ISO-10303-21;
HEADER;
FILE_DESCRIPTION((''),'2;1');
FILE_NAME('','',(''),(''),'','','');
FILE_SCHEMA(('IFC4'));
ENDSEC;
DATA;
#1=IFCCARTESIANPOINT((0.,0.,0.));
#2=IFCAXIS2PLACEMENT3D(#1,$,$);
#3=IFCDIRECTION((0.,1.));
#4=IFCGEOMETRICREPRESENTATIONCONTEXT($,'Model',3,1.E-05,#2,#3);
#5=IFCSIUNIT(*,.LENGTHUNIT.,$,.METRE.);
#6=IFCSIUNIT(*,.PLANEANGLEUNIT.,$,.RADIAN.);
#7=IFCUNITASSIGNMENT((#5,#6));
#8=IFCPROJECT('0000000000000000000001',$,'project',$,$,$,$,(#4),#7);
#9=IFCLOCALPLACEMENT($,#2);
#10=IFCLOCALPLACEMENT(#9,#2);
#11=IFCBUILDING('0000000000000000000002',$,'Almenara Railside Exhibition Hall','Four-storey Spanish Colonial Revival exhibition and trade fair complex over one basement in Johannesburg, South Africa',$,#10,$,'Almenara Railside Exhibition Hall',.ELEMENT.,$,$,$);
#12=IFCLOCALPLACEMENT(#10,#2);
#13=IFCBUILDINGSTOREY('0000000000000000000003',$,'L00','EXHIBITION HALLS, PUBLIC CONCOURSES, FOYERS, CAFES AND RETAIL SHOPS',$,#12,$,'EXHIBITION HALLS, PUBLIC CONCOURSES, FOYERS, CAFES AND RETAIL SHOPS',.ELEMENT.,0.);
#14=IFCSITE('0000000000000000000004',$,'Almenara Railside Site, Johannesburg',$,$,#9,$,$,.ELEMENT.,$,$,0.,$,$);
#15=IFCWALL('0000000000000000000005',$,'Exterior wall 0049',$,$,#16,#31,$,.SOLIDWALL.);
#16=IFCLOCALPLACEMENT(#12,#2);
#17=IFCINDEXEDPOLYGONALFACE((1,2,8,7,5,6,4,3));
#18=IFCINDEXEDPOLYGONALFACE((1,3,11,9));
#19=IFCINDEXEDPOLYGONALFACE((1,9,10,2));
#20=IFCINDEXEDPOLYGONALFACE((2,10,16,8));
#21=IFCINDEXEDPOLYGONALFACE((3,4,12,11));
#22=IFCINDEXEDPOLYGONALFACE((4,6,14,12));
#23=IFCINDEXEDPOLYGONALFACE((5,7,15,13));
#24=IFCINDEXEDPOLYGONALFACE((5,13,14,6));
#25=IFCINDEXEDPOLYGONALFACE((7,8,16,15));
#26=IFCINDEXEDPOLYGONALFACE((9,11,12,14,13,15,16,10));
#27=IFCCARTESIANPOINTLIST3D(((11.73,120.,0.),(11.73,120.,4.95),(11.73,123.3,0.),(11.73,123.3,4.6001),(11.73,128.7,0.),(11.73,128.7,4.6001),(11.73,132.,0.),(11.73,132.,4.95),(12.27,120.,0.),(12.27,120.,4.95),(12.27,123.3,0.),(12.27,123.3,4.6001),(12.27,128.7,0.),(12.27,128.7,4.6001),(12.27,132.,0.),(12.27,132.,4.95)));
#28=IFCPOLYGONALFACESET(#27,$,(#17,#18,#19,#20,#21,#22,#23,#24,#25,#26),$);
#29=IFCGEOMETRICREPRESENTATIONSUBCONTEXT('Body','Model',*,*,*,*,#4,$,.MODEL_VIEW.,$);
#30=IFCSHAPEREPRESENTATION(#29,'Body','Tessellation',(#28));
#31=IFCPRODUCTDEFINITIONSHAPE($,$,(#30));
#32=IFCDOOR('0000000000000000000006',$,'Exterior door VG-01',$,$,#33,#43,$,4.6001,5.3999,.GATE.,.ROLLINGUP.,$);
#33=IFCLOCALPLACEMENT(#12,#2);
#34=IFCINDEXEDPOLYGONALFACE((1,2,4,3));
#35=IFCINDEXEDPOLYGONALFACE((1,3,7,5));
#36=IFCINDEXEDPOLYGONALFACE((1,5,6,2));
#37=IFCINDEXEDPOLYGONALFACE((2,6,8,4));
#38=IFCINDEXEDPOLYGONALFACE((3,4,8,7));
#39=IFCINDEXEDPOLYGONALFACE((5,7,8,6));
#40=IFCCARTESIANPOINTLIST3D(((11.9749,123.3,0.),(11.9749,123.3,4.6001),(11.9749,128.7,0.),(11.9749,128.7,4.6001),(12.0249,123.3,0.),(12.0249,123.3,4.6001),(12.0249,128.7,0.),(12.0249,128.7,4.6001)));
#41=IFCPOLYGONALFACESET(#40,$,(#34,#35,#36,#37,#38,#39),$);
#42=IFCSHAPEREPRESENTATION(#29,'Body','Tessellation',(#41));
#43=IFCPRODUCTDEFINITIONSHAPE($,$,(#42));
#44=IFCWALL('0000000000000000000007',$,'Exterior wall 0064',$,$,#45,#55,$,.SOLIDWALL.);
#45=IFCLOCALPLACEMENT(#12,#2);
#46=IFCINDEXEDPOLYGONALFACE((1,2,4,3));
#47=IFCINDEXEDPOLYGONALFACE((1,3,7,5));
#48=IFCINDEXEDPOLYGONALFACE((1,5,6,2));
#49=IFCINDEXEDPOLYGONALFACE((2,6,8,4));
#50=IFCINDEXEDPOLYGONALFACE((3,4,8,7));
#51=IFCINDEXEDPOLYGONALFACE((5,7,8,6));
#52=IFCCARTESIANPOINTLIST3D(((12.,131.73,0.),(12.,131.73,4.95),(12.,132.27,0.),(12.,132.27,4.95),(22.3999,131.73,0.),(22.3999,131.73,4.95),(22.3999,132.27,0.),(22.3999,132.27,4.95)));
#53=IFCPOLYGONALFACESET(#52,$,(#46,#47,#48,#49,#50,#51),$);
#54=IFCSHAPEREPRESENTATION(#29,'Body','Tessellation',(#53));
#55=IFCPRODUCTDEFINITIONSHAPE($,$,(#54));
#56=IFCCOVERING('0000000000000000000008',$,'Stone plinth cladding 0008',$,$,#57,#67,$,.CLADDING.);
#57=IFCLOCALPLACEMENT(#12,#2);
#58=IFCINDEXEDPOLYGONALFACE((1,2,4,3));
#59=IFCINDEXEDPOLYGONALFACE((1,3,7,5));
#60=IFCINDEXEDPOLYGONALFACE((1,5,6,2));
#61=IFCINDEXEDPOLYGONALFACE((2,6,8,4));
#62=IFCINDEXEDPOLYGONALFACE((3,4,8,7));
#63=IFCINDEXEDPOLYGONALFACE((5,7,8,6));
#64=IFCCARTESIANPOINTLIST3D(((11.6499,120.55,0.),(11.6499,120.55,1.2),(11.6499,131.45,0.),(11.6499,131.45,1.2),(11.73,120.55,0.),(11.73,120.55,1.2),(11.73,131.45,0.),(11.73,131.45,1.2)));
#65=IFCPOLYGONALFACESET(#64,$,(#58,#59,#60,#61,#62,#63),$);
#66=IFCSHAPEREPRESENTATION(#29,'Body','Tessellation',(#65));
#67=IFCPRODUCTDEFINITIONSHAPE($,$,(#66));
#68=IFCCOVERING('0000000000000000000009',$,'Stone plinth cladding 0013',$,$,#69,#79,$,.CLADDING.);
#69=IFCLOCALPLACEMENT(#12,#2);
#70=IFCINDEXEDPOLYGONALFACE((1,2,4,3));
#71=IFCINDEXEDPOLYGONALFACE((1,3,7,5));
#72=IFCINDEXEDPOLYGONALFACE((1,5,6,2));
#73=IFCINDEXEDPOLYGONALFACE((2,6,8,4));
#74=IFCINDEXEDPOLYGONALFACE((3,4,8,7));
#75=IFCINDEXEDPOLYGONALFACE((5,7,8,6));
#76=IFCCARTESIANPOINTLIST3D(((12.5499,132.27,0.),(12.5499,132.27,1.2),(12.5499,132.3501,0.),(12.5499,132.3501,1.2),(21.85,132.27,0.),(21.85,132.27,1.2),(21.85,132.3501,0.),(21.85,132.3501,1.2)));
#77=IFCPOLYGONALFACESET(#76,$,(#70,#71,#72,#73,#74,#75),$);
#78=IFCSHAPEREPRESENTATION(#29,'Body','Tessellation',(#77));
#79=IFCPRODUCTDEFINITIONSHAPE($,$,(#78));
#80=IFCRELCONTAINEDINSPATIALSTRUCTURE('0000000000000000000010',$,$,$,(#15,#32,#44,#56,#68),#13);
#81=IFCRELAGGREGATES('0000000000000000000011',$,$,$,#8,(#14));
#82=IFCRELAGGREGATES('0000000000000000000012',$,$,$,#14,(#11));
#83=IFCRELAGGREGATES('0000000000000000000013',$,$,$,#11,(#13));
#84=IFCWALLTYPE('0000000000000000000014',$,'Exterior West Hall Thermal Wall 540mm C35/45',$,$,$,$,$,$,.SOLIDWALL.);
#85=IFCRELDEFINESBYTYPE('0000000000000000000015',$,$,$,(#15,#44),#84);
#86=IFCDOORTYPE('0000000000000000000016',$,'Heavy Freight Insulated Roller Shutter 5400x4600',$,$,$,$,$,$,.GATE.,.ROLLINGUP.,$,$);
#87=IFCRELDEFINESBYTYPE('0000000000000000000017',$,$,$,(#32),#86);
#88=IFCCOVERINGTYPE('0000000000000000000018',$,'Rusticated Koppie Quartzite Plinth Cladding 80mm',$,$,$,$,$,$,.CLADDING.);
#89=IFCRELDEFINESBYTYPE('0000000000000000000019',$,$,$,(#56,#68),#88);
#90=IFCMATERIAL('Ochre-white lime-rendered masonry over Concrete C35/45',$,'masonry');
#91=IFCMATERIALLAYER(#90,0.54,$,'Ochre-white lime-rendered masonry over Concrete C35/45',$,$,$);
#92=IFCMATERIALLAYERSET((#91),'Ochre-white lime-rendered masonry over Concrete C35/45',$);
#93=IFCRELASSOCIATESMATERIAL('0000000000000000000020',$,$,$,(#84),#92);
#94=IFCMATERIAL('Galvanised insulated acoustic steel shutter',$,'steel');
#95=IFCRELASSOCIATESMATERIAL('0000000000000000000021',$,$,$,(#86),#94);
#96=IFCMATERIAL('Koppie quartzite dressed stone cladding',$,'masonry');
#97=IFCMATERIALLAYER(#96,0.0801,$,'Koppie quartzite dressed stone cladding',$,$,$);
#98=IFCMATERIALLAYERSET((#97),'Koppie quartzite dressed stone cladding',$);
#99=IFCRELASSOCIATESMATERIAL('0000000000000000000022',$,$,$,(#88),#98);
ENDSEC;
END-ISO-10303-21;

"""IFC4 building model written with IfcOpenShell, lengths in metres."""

from ifc_helpers import new_model, si_unit, direction, frame, frame_2d, origin, origin_2d, place, context, subcontext, project, spatial, rectangle, extrude, material, layer, layer_set, type_object, element, fill, save


model = new_model("IFC4")

# Units and contexts
model_context = context("Model", 3, precision=1e-05, world=origin(), true_north=direction((0.0, 1.0)))
body_context = subcontext(model_context, "Body", "Model", "MODEL_VIEW")
ifc_project = project(units=[si_unit("LENGTHUNIT", "METRE"), si_unit("PLANEANGLEUNIT", "RADIAN")], contexts=[model_context])

# Site, building, storey
site_placement = place(None, origin())
site = spatial("IfcSite", under=ifc_project, at=site_placement, Name="Almenara Railside Site, Johannesburg", CompositionType="ELEMENT", RefElevation=0.0)
building_placement = place(site_placement, origin())
building = spatial("IfcBuilding", under=site, at=building_placement, Name="Almenara Railside Exhibition Hall", Description="Four-storey Spanish Colonial Revival exhibition and trade fair complex over one basement in Johannesburg, South Africa", LongName="Almenara Railside Exhibition Hall", CompositionType="ELEMENT")
storey_placement = place(building_placement, origin())
storey = spatial("IfcBuildingStorey", under=building, at=storey_placement, Name="L00", Description="EXHIBITION HALLS, PUBLIC CONCOURSES, FOYERS, CAFES AND RETAIL SHOPS", LongName="EXHIBITION HALLS, PUBLIC CONCOURSES, FOYERS, CAFES AND RETAIL SHOPS", CompositionType="ELEMENT", Elevation=0.0)

# Shared definitions
ifc_material_1 = material(Name="Ochre-white lime-rendered masonry over Concrete C35/45", Category="masonry")
ifc_layer_1 = layer(ifc_material_1, 0.54, Name="Ochre-white lime-rendered masonry over Concrete C35/45")
ifc_layer_set_1 = layer_set([ifc_layer_1], Name="Ochre-white lime-rendered masonry over Concrete C35/45")
wall_type = type_object("IfcWallType", Name="Exterior West Hall Thermal Wall 540mm C35/45", PredefinedType="SOLIDWALL", material=ifc_layer_set_1)

# Wall, opening, door
wall_1_placement = place(storey_placement, frame((12.0, 132.0, 0.0), z_axis=(0.0, 0.0, 1.0), x_axis=(0.0, -1.0, 0.0)))
wall_1 = element("IfcWall", 1, at=wall_1_placement, inside=storey, type_object=wall_type, Name="Exterior wall 0049", PredefinedType="SOLIDWALL", context=body_context, shape_type="SweptSolid", body=[
    extrude(rectangle(XDim=12.0, YDim=0.54, at=frame_2d((6.0, 0.0))), origin(), (0.0, 0.0, 1.0), 4.95),
])
opening_1_placement = place(wall_1_placement, frame((3.3, 0.0, 0.0)))
opening_1 = element("IfcOpeningElement", 2, at=opening_1_placement, cuts=wall_1, PredefinedType="OPENING", context=body_context, shape_type="SweptSolid", body=[
    extrude(rectangle(XDim=5.3999, YDim=4.6001, at=frame_2d((2.7, 2.3))), frame((0.0, 0.28, 0.0), z_axis=(0.0, -1.0, 0.0), x_axis=(1.0, 0.0, 0.0)), (0.0, 0.0, 1.0), 0.5601),
])
ifc_material_2 = material(Name="Galvanised insulated acoustic steel shutter", Category="steel")
door_type = type_object("IfcDoorType", Name="Heavy Freight Insulated Roller Shutter 5400x4600", OperationType="ROLLINGUP", PredefinedType="GATE", material=ifc_material_2)
door_placement = place(opening_1_placement, origin())
door = element("IfcDoor", 3, at=door_placement, inside=storey, type_object=door_type, Name="Exterior door VG-01", OperationType="ROLLINGUP", OverallHeight=4.6001, OverallWidth=5.3999, PredefinedType="GATE", context=body_context, shape_type="SweptSolid", body=[
    extrude(rectangle(XDim=5.3999, YDim=4.6001, at=frame_2d((2.7, 2.3))), frame((0.0, 0.0249, 0.0), z_axis=(0.0, -1.0, 0.0), x_axis=(1.0, 0.0, 0.0)), (0.0, 0.0, 1.0), 0.05),
])
fill(opening_1, door)

# Wall
wall_2_placement = place(storey_placement, frame((22.3999, 132.0, 0.0), z_axis=(0.0, 0.0, 1.0), x_axis=(-1.0, 0.0, 0.0)))
element("IfcWall", 4, at=wall_2_placement, inside=storey, type_object=wall_type, Name="Exterior wall 0064", PredefinedType="SOLIDWALL", context=body_context, shape_type="SweptSolid", body=[
    extrude(rectangle(XDim=10.3999, YDim=0.54, at=frame_2d((5.2, 0.0))), origin(), (0.0, 0.0, 1.0), 4.95),
])

# Coverings
ifc_material_3 = material(Name="Koppie quartzite dressed stone cladding", Category="masonry")
ifc_layer_2 = layer(ifc_material_3, 0.0801, Name="Koppie quartzite dressed stone cladding")
ifc_layer_set_2 = layer_set([ifc_layer_2], Name="Koppie quartzite dressed stone cladding")
covering_type = type_object("IfcCoveringType", Name="Rusticated Koppie Quartzite Plinth Cladding 80mm", PredefinedType="CLADDING", material=ifc_layer_set_2)
covering_1_placement = place(storey_placement, frame((11.6899, 126.0, 0.0), z_axis=(0.0, 0.0, 1.0), x_axis=(0.0, -1.0, 0.0)))
element("IfcCovering", 5, at=covering_1_placement, inside=storey, type_object=covering_type, Name="Stone plinth cladding 0008", PredefinedType="CLADDING", context=body_context, shape_type="SweptSolid", body=[
    extrude(rectangle(XDim=10.8999, YDim=0.0801, at=origin_2d()), origin(), (0.0, 0.0, 1.0), 1.2),
])
covering_2_placement = place(storey_placement, frame((17.2, 132.3101, 0.0), z_axis=(0.0, 0.0, 1.0), x_axis=(-1.0, 0.0, 0.0)))
element("IfcCovering", 6, at=covering_2_placement, inside=storey, type_object=covering_type, Name="Stone plinth cladding 0013", PredefinedType="CLADDING", context=body_context, shape_type="SweptSolid", body=[
    extrude(rectangle(XDim=9.3, YDim=0.0801, at=origin_2d()), origin(), (0.0, 0.0, 1.0), 1.2),
])

save(model, "model.ifc")
